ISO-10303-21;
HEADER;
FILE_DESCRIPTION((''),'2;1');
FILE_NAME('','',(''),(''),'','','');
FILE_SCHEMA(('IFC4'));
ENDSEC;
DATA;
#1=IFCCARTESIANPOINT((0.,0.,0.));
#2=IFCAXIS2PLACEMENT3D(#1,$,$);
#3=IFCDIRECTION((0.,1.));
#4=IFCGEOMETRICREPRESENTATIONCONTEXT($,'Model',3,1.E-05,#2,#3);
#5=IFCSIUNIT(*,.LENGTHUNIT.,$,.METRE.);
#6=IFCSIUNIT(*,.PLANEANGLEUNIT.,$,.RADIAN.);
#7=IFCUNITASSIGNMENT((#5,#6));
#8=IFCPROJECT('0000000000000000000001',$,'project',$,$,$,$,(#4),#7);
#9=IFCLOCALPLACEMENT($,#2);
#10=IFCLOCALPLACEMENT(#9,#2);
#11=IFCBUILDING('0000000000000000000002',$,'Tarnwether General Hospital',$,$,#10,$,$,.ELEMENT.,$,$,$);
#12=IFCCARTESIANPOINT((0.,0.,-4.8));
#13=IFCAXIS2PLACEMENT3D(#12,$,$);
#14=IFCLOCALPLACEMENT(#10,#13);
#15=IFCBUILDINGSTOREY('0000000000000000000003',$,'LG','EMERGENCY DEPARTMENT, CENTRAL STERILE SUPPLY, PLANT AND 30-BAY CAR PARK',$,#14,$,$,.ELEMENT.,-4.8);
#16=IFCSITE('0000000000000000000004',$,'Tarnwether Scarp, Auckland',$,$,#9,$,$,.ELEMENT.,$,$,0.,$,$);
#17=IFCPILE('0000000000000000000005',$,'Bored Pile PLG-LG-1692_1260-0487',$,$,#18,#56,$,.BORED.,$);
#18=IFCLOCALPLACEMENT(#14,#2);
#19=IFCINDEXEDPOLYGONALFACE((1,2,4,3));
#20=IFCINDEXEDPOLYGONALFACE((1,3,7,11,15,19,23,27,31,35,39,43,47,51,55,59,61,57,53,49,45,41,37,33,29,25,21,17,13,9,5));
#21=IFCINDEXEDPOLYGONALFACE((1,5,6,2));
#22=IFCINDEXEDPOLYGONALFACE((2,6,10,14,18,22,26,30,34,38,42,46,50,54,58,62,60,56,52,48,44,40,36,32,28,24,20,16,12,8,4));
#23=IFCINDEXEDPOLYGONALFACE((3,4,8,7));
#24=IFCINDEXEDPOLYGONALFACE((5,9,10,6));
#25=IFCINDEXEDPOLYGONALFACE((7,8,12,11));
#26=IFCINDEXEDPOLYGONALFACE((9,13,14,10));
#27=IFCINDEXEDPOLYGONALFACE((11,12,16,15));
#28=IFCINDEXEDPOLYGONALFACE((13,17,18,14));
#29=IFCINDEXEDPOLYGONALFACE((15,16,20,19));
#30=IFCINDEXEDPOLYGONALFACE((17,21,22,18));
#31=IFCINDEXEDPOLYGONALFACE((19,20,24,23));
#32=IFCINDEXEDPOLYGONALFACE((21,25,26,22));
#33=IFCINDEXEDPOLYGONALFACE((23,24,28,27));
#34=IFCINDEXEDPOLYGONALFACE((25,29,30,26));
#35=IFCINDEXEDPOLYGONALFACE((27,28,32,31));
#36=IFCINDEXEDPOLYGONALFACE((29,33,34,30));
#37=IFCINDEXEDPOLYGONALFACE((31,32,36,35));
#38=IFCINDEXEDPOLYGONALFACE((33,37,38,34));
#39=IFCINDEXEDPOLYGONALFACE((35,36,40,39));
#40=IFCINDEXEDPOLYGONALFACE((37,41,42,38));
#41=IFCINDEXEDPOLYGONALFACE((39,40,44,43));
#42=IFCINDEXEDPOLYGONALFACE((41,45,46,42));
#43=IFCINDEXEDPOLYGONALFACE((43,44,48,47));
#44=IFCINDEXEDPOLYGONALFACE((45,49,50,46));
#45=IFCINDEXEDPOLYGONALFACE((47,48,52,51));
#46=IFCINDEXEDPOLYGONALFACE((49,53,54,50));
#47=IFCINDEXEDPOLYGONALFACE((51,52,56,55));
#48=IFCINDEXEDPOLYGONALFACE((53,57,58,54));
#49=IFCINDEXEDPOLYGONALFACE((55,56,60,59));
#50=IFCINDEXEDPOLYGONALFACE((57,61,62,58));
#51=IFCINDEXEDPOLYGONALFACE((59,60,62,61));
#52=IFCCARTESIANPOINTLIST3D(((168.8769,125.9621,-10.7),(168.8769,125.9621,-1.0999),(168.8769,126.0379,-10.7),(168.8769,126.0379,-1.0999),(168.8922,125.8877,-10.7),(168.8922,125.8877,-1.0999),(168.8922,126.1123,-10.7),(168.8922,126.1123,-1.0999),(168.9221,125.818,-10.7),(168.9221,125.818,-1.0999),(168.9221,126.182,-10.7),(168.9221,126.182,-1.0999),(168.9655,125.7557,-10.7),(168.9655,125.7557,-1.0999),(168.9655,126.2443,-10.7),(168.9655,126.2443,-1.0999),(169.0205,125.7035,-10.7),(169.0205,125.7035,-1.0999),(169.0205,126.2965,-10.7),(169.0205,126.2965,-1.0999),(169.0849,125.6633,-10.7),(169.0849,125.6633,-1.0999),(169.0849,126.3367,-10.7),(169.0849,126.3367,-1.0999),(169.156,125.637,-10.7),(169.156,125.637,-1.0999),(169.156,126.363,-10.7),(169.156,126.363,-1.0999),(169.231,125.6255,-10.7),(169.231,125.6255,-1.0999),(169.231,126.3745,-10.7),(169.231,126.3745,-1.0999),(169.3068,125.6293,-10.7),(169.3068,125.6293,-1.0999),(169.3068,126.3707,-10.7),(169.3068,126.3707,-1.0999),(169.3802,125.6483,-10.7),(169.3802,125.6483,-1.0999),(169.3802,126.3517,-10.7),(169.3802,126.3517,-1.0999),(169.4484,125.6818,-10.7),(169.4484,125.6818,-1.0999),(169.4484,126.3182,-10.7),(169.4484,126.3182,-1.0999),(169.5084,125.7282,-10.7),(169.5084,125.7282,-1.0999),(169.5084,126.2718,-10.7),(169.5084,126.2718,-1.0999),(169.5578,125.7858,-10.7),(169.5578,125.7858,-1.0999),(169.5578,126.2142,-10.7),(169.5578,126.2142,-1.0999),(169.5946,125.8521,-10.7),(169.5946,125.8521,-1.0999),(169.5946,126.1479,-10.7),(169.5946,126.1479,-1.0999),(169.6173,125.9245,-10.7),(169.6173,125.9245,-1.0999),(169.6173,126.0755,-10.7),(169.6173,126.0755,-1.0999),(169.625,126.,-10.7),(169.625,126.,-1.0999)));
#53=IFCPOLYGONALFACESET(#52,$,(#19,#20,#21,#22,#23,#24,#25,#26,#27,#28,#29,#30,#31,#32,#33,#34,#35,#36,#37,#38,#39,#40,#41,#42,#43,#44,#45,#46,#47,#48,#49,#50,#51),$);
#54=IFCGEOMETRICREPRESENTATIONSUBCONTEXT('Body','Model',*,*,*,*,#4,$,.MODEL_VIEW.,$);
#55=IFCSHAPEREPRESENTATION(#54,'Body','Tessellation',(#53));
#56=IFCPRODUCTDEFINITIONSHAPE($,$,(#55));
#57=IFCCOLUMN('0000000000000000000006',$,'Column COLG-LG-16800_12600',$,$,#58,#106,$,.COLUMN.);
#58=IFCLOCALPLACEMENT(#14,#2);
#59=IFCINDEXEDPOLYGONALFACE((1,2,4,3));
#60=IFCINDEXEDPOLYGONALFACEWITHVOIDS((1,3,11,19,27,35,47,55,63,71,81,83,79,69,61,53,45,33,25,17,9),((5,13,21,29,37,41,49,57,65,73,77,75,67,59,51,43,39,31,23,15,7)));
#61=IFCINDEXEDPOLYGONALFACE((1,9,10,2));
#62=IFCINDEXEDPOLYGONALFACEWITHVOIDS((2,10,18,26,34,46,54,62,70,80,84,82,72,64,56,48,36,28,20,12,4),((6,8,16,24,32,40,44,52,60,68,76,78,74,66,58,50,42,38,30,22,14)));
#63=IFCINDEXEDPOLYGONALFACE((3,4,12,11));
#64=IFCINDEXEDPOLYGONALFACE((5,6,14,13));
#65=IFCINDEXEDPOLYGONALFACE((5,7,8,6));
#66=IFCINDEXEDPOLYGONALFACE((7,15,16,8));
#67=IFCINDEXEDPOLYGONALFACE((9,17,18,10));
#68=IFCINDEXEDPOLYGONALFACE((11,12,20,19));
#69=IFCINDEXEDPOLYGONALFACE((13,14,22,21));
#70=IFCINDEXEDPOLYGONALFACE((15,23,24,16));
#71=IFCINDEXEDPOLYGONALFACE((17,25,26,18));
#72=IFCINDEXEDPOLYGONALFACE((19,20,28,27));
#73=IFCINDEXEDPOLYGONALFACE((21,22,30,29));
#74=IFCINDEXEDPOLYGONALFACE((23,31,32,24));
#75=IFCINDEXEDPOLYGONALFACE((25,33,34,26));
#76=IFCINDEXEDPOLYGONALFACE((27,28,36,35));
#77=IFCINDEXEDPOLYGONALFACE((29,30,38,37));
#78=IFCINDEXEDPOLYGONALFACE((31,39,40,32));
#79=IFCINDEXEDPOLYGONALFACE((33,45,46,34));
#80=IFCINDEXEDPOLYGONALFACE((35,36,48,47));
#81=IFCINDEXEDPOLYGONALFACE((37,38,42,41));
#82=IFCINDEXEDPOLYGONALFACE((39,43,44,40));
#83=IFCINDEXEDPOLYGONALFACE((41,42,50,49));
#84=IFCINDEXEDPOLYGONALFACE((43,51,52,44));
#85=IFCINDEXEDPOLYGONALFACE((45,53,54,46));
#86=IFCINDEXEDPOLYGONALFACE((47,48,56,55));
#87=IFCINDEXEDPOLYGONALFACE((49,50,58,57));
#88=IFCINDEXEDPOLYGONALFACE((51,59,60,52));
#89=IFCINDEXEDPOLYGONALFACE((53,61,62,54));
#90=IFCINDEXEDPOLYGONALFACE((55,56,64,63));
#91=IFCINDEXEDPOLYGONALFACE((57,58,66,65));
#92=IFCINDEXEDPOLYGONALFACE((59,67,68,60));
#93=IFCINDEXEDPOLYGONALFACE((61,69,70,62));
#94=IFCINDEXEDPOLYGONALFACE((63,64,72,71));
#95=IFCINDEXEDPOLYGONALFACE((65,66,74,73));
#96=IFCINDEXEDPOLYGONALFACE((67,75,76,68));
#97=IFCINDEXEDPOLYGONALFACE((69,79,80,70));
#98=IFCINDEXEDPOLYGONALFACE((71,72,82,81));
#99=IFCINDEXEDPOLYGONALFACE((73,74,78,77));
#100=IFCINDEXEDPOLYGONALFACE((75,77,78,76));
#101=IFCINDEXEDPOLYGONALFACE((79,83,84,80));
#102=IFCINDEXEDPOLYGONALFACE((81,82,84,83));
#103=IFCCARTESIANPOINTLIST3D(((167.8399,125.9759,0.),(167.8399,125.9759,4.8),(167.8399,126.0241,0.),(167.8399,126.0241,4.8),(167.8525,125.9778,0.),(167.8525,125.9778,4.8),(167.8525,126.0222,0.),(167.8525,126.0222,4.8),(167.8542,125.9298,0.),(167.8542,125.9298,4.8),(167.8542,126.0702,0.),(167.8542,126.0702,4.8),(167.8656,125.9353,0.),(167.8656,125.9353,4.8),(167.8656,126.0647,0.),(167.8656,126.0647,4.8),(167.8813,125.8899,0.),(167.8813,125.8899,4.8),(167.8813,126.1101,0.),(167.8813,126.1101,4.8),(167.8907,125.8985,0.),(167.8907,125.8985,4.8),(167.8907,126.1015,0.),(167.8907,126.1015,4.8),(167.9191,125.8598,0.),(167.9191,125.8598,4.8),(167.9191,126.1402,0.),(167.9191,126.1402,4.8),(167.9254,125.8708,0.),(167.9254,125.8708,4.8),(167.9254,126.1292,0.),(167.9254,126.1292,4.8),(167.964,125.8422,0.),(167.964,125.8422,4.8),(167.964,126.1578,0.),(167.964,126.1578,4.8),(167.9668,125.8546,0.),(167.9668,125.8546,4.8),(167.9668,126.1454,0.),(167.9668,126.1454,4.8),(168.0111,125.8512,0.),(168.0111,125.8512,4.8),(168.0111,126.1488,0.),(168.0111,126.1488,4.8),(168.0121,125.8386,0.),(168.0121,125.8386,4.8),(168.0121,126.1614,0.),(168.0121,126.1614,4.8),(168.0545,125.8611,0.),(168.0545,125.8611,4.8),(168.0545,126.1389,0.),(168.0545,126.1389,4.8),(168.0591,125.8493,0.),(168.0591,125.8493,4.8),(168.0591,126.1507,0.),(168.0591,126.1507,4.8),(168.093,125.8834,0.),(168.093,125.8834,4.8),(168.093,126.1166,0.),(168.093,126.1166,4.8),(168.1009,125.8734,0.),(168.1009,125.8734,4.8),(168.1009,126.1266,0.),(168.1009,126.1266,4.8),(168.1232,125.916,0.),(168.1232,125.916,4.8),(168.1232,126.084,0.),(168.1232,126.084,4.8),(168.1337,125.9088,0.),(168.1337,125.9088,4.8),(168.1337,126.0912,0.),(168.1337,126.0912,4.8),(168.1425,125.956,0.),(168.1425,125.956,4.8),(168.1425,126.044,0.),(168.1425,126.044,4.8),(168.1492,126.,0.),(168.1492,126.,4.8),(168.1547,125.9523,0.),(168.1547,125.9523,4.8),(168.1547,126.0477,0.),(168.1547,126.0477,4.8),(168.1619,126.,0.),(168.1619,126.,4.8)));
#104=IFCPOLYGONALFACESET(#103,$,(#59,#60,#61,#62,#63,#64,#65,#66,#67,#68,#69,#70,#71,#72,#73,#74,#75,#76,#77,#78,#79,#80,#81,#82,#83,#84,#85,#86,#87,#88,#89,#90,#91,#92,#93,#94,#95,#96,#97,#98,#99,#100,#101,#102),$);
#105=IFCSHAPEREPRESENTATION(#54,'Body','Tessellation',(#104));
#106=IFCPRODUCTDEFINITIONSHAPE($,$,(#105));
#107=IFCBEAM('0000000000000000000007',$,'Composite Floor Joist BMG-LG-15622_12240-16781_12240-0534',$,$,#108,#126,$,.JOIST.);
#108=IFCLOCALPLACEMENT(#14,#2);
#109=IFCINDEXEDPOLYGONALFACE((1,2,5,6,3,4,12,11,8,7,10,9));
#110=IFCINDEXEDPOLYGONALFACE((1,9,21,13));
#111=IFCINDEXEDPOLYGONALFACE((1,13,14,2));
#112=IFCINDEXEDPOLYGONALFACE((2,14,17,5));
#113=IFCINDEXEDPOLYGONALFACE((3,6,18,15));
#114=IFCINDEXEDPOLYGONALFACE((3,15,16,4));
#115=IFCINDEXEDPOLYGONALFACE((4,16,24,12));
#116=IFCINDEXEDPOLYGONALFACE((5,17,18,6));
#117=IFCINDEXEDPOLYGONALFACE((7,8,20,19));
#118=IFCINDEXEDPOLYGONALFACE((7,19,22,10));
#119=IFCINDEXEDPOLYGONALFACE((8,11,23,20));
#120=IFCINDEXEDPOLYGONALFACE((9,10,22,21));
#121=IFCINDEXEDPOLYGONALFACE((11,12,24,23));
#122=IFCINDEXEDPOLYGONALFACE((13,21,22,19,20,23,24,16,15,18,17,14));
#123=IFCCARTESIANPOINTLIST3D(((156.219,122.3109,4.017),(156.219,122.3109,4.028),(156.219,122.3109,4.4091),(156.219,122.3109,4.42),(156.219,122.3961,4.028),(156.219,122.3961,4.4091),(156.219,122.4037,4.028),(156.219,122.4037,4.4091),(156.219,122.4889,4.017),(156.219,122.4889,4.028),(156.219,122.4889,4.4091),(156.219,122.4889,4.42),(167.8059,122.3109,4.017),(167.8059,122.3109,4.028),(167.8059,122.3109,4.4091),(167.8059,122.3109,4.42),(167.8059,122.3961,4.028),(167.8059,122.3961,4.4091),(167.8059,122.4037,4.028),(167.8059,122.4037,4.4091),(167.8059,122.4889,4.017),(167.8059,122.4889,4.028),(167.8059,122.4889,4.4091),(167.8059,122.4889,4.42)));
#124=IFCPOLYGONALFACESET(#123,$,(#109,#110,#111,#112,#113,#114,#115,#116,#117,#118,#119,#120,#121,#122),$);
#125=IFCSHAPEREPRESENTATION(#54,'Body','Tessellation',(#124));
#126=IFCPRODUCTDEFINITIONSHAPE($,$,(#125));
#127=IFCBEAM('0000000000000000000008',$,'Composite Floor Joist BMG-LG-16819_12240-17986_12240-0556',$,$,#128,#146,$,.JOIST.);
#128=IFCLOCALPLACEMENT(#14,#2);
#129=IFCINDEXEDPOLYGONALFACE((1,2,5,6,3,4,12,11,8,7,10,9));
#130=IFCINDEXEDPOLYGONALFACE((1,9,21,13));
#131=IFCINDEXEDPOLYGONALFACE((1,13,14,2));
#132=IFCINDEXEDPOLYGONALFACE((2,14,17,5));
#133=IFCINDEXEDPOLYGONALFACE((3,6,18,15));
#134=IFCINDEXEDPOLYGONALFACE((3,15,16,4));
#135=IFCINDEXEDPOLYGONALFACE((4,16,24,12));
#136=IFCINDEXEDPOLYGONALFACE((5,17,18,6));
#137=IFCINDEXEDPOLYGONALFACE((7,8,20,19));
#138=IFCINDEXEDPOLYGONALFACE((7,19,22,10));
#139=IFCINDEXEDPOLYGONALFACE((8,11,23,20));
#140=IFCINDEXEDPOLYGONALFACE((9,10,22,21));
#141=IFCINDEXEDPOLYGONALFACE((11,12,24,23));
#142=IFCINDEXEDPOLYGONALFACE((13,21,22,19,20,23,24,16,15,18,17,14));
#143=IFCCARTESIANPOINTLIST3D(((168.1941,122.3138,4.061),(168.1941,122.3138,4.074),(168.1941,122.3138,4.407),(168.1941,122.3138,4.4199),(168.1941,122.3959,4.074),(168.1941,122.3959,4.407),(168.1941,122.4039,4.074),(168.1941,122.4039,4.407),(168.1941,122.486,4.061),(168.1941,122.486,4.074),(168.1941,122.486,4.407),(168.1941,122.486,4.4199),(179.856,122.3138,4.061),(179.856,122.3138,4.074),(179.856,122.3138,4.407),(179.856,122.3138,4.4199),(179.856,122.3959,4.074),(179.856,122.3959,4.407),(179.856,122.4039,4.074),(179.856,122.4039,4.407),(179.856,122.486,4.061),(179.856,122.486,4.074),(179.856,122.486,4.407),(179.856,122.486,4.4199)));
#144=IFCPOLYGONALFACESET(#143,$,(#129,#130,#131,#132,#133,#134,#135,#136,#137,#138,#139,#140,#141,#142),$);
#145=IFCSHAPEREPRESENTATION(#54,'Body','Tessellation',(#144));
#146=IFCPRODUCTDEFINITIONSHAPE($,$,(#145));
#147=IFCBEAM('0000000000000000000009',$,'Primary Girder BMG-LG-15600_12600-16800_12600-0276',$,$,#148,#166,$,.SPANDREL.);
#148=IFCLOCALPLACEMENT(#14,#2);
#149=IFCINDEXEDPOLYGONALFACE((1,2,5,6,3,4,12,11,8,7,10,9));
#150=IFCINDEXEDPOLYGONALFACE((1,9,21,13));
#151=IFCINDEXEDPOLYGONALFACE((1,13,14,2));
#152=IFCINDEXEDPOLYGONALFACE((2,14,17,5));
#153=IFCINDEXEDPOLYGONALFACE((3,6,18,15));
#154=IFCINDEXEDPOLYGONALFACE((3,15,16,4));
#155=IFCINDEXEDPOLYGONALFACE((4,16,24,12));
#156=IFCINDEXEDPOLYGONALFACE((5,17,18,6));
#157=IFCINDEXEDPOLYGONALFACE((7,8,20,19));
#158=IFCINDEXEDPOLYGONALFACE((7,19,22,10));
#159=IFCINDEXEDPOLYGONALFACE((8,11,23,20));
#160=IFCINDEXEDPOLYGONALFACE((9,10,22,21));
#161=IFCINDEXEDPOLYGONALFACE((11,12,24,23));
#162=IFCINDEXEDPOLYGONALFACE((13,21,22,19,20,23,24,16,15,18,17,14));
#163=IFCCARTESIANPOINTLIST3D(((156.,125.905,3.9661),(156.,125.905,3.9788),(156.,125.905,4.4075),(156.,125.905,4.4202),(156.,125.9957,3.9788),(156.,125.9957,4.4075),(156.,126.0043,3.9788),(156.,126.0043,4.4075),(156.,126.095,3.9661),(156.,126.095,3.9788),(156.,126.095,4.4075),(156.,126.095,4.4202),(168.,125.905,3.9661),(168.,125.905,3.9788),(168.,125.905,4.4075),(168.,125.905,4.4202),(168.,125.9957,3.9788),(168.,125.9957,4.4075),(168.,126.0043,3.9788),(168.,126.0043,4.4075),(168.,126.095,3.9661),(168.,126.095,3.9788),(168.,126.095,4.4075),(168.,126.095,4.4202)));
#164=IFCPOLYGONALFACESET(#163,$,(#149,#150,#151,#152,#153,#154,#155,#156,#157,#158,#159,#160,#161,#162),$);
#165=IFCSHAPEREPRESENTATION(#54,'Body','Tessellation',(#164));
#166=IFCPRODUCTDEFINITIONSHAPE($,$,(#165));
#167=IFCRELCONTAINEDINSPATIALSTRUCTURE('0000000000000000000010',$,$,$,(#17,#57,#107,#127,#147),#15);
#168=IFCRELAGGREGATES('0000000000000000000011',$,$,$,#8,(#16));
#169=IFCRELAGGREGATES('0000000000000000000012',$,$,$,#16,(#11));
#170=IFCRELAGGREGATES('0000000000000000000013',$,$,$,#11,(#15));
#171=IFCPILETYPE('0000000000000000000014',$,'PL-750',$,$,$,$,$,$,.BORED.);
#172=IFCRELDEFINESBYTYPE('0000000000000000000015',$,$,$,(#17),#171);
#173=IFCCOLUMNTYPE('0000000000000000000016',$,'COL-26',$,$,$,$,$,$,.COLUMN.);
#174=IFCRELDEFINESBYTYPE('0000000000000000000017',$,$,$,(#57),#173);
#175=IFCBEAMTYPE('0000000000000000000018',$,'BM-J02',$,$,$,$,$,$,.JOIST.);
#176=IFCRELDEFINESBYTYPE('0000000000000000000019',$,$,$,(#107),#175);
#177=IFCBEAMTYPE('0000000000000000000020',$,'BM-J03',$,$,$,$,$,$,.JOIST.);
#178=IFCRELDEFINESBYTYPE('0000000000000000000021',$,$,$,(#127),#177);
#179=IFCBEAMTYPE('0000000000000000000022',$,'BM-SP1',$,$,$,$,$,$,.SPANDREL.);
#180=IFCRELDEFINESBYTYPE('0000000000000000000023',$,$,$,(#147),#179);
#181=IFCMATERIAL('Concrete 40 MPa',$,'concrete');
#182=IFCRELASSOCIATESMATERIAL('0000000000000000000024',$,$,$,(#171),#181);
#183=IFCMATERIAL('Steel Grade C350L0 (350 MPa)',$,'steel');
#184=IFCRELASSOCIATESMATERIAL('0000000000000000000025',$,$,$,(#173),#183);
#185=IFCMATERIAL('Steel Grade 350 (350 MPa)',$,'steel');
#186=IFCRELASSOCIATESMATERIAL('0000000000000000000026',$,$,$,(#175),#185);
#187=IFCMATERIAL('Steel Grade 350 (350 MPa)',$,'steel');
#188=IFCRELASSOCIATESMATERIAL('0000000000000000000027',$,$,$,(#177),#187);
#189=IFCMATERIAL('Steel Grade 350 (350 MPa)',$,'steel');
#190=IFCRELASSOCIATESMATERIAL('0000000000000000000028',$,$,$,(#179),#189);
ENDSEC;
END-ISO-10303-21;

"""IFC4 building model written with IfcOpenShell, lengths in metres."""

from ifc_helpers import new_model, si_unit, direction, frame, origin, origin_2d, place, context, subcontext, project, spatial, circle, hollow_circle, i_section, extrude, material, material_profile, profile_set, type_object, element, save


model = new_model("IFC4")

# Units and contexts
model_context = context("Model", 3, precision=1e-05, world=origin(), true_north=direction((0.0, 1.0)))
body_context = subcontext(model_context, "Body", "Model", "MODEL_VIEW")
ifc_project = project(units=[si_unit("LENGTHUNIT", "METRE"), si_unit("PLANEANGLEUNIT", "RADIAN")], contexts=[model_context])

# Site, building, storey
site_placement = place(None, origin())
site = spatial("IfcSite", under=ifc_project, at=site_placement, Name="Tarnwether Scarp, Auckland", CompositionType="ELEMENT", RefElevation=0.0)
building_placement = place(site_placement, origin())
building = spatial("IfcBuilding", under=site, at=building_placement, Name="Tarnwether General Hospital", CompositionType="ELEMENT")
storey_placement = place(building_placement, frame((0.0, 0.0, -4.8)))
storey = spatial("IfcBuildingStorey", under=building, at=storey_placement, Name="LG", Description="EMERGENCY DEPARTMENT, CENTRAL STERILE SUPPLY, PLANT AND 30-BAY CAR PARK", CompositionType="ELEMENT", Elevation=-4.8)

# Pile
ifc_material_1 = material(Name="Concrete 40 MPa", Category="concrete")
ifc_material_profile_1 = material_profile(ifc_material_1, circle(Radius=0.375, at=origin_2d()), Name="PILE-D750")
ifc_profile_set_1 = profile_set([ifc_material_profile_1], Name="Concrete 40 MPa")
pile_type_1 = type_object("IfcPileType", Name="PL-750", PredefinedType="BORED", material=ifc_profile_set_1)
for number, where, z_axis, x_axis, name in (
    (1, (169.25, 126.0, -1.0999), (0.0, 0.0, -1.0), (1.0, 0.0, 0.0), "Bored Pile PLG-LG-1692_1260-0487"),
):
    element("IfcPile", number, at=place(storey_placement, frame(where, z_axis=z_axis, x_axis=x_axis)), inside=storey, type_object=pile_type_1, Name=name, PredefinedType="BORED", context=body_context, shape_type="SweptSolid", body=[
        extrude(circle(Radius=0.375, at=origin_2d()), origin(), (0.0, 0.0, 1.0), 9.6001),
    ])

# Column
ifc_material_2 = material(Name="Steel Grade C350L0 (350 MPa)", Category="steel")
ifc_material_profile_2 = material_profile(ifc_material_2, hollow_circle(Radius=0.1619, WallThickness=0.0127, at=origin_2d()), Name="CHS323.9x12.7")
ifc_profile_set_2 = profile_set([ifc_material_profile_2], Name="Steel Grade C350L0 (350 MPa)")
column_type = type_object("IfcColumnType", Name="COL-26", PredefinedType="COLUMN", material=ifc_profile_set_2)
column_placement = place(storey_placement, frame((168.0, 126.0, 0.0), z_axis=(0.0, 0.0, 1.0), x_axis=(1.0, 0.0, 0.0)))
element("IfcColumn", 2, at=column_placement, inside=storey, type_object=column_type, Name="Column COLG-LG-16800_12600", PredefinedType="COLUMN", context=body_context, shape_type="SweptSolid", body=[
    extrude(hollow_circle(Radius=0.1619, WallThickness=0.0127, at=origin_2d()), origin(), (0.0, 0.0, 1.0), 4.8),
])

# Beams
ifc_material_3 = material(Name="Steel Grade 350 (350 MPa)", Category="steel")
ifc_material_profile_3 = material_profile(ifc_material_3, i_section(OverallWidth=0.178, OverallDepth=0.4031, WebThickness=0.0076, FlangeThickness=0.011, at=origin_2d()), Name="410UB53.7")
ifc_profile_set_3 = profile_set([ifc_material_profile_3], Name="Steel Grade 350 (350 MPa)")
beam_type_1 = type_object("IfcBeamType", Name="BM-J02", PredefinedType="JOIST", material=ifc_profile_set_3)
beam_1_placement = place(storey_placement, frame((156.219, 122.3999, 4.2185), z_axis=(1.0, 0.0, 0.0), x_axis=(0.0, 1.0, 0.0)))
element("IfcBeam", 3, at=beam_1_placement, inside=storey, type_object=beam_type_1, Name="Composite Floor Joist BMG-LG-15622_12240-16781_12240-0534", PredefinedType="JOIST", context=body_context, shape_type="SweptSolid", body=[
    extrude(i_section(OverallWidth=0.178, OverallDepth=0.4031, WebThickness=0.0076, FlangeThickness=0.011, at=origin_2d()), origin(), (0.0, 0.0, 1.0), 11.5869),
])
ifc_material_4 = material(Name="Steel Grade 350 (350 MPa)", Category="steel")
ifc_material_profile_4 = material_profile(ifc_material_4, i_section(OverallWidth=0.1721, OverallDepth=0.3589, WebThickness=0.0081, FlangeThickness=0.0129, at=origin_2d()), Name="360UB56.7")
ifc_profile_set_4 = profile_set([ifc_material_profile_4], Name="Steel Grade 350 (350 MPa)")
beam_type_2 = type_object("IfcBeamType", Name="BM-J03", PredefinedType="JOIST", material=ifc_profile_set_4)
beam_2_placement = place(storey_placement, frame((168.1941, 122.3999, 4.2405), z_axis=(1.0, 0.0, 0.0), x_axis=(0.0, 1.0, 0.0)))
element("IfcBeam", 4, at=beam_2_placement, inside=storey, type_object=beam_type_2, Name="Composite Floor Joist BMG-LG-16819_12240-17986_12240-0556", PredefinedType="JOIST", context=body_context, shape_type="SweptSolid", body=[
    extrude(i_section(OverallWidth=0.1721, OverallDepth=0.3589, WebThickness=0.0081, FlangeThickness=0.0129, at=origin_2d()), origin(), (0.0, 0.0, 1.0), 11.6619),
])
ifc_material_5 = material(Name="Steel Grade 350 (350 MPa)", Category="steel")
ifc_material_profile_5 = material_profile(ifc_material_5, i_section(OverallWidth=0.1899, OverallDepth=0.4541, WebThickness=0.0085, FlangeThickness=0.0127, at=origin_2d()), Name="460UB67.1")
ifc_profile_set_5 = profile_set([ifc_material_profile_5], Name="Steel Grade 350 (350 MPa)")
beam_type_3 = type_object("IfcBeamType", Name="BM-SP1", PredefinedType="SPANDREL", material=ifc_profile_set_5)
beam_3_placement = place(storey_placement, frame((156.0, 126.0, 4.1931), z_axis=(1.0, 0.0, 0.0), x_axis=(0.0, 1.0, 0.0)))
element("IfcBeam", 5, at=beam_3_placement, inside=storey, type_object=beam_type_3, Name="Primary Girder BMG-LG-15600_12600-16800_12600-0276", PredefinedType="SPANDREL", context=body_context, shape_type="SweptSolid", body=[
    extrude(i_section(OverallWidth=0.1899, OverallDepth=0.4541, WebThickness=0.0085, FlangeThickness=0.0127, at=origin_2d()), origin(), (0.0, 0.0, 1.0), 12.0),
])

save(model, "model.ifc")
